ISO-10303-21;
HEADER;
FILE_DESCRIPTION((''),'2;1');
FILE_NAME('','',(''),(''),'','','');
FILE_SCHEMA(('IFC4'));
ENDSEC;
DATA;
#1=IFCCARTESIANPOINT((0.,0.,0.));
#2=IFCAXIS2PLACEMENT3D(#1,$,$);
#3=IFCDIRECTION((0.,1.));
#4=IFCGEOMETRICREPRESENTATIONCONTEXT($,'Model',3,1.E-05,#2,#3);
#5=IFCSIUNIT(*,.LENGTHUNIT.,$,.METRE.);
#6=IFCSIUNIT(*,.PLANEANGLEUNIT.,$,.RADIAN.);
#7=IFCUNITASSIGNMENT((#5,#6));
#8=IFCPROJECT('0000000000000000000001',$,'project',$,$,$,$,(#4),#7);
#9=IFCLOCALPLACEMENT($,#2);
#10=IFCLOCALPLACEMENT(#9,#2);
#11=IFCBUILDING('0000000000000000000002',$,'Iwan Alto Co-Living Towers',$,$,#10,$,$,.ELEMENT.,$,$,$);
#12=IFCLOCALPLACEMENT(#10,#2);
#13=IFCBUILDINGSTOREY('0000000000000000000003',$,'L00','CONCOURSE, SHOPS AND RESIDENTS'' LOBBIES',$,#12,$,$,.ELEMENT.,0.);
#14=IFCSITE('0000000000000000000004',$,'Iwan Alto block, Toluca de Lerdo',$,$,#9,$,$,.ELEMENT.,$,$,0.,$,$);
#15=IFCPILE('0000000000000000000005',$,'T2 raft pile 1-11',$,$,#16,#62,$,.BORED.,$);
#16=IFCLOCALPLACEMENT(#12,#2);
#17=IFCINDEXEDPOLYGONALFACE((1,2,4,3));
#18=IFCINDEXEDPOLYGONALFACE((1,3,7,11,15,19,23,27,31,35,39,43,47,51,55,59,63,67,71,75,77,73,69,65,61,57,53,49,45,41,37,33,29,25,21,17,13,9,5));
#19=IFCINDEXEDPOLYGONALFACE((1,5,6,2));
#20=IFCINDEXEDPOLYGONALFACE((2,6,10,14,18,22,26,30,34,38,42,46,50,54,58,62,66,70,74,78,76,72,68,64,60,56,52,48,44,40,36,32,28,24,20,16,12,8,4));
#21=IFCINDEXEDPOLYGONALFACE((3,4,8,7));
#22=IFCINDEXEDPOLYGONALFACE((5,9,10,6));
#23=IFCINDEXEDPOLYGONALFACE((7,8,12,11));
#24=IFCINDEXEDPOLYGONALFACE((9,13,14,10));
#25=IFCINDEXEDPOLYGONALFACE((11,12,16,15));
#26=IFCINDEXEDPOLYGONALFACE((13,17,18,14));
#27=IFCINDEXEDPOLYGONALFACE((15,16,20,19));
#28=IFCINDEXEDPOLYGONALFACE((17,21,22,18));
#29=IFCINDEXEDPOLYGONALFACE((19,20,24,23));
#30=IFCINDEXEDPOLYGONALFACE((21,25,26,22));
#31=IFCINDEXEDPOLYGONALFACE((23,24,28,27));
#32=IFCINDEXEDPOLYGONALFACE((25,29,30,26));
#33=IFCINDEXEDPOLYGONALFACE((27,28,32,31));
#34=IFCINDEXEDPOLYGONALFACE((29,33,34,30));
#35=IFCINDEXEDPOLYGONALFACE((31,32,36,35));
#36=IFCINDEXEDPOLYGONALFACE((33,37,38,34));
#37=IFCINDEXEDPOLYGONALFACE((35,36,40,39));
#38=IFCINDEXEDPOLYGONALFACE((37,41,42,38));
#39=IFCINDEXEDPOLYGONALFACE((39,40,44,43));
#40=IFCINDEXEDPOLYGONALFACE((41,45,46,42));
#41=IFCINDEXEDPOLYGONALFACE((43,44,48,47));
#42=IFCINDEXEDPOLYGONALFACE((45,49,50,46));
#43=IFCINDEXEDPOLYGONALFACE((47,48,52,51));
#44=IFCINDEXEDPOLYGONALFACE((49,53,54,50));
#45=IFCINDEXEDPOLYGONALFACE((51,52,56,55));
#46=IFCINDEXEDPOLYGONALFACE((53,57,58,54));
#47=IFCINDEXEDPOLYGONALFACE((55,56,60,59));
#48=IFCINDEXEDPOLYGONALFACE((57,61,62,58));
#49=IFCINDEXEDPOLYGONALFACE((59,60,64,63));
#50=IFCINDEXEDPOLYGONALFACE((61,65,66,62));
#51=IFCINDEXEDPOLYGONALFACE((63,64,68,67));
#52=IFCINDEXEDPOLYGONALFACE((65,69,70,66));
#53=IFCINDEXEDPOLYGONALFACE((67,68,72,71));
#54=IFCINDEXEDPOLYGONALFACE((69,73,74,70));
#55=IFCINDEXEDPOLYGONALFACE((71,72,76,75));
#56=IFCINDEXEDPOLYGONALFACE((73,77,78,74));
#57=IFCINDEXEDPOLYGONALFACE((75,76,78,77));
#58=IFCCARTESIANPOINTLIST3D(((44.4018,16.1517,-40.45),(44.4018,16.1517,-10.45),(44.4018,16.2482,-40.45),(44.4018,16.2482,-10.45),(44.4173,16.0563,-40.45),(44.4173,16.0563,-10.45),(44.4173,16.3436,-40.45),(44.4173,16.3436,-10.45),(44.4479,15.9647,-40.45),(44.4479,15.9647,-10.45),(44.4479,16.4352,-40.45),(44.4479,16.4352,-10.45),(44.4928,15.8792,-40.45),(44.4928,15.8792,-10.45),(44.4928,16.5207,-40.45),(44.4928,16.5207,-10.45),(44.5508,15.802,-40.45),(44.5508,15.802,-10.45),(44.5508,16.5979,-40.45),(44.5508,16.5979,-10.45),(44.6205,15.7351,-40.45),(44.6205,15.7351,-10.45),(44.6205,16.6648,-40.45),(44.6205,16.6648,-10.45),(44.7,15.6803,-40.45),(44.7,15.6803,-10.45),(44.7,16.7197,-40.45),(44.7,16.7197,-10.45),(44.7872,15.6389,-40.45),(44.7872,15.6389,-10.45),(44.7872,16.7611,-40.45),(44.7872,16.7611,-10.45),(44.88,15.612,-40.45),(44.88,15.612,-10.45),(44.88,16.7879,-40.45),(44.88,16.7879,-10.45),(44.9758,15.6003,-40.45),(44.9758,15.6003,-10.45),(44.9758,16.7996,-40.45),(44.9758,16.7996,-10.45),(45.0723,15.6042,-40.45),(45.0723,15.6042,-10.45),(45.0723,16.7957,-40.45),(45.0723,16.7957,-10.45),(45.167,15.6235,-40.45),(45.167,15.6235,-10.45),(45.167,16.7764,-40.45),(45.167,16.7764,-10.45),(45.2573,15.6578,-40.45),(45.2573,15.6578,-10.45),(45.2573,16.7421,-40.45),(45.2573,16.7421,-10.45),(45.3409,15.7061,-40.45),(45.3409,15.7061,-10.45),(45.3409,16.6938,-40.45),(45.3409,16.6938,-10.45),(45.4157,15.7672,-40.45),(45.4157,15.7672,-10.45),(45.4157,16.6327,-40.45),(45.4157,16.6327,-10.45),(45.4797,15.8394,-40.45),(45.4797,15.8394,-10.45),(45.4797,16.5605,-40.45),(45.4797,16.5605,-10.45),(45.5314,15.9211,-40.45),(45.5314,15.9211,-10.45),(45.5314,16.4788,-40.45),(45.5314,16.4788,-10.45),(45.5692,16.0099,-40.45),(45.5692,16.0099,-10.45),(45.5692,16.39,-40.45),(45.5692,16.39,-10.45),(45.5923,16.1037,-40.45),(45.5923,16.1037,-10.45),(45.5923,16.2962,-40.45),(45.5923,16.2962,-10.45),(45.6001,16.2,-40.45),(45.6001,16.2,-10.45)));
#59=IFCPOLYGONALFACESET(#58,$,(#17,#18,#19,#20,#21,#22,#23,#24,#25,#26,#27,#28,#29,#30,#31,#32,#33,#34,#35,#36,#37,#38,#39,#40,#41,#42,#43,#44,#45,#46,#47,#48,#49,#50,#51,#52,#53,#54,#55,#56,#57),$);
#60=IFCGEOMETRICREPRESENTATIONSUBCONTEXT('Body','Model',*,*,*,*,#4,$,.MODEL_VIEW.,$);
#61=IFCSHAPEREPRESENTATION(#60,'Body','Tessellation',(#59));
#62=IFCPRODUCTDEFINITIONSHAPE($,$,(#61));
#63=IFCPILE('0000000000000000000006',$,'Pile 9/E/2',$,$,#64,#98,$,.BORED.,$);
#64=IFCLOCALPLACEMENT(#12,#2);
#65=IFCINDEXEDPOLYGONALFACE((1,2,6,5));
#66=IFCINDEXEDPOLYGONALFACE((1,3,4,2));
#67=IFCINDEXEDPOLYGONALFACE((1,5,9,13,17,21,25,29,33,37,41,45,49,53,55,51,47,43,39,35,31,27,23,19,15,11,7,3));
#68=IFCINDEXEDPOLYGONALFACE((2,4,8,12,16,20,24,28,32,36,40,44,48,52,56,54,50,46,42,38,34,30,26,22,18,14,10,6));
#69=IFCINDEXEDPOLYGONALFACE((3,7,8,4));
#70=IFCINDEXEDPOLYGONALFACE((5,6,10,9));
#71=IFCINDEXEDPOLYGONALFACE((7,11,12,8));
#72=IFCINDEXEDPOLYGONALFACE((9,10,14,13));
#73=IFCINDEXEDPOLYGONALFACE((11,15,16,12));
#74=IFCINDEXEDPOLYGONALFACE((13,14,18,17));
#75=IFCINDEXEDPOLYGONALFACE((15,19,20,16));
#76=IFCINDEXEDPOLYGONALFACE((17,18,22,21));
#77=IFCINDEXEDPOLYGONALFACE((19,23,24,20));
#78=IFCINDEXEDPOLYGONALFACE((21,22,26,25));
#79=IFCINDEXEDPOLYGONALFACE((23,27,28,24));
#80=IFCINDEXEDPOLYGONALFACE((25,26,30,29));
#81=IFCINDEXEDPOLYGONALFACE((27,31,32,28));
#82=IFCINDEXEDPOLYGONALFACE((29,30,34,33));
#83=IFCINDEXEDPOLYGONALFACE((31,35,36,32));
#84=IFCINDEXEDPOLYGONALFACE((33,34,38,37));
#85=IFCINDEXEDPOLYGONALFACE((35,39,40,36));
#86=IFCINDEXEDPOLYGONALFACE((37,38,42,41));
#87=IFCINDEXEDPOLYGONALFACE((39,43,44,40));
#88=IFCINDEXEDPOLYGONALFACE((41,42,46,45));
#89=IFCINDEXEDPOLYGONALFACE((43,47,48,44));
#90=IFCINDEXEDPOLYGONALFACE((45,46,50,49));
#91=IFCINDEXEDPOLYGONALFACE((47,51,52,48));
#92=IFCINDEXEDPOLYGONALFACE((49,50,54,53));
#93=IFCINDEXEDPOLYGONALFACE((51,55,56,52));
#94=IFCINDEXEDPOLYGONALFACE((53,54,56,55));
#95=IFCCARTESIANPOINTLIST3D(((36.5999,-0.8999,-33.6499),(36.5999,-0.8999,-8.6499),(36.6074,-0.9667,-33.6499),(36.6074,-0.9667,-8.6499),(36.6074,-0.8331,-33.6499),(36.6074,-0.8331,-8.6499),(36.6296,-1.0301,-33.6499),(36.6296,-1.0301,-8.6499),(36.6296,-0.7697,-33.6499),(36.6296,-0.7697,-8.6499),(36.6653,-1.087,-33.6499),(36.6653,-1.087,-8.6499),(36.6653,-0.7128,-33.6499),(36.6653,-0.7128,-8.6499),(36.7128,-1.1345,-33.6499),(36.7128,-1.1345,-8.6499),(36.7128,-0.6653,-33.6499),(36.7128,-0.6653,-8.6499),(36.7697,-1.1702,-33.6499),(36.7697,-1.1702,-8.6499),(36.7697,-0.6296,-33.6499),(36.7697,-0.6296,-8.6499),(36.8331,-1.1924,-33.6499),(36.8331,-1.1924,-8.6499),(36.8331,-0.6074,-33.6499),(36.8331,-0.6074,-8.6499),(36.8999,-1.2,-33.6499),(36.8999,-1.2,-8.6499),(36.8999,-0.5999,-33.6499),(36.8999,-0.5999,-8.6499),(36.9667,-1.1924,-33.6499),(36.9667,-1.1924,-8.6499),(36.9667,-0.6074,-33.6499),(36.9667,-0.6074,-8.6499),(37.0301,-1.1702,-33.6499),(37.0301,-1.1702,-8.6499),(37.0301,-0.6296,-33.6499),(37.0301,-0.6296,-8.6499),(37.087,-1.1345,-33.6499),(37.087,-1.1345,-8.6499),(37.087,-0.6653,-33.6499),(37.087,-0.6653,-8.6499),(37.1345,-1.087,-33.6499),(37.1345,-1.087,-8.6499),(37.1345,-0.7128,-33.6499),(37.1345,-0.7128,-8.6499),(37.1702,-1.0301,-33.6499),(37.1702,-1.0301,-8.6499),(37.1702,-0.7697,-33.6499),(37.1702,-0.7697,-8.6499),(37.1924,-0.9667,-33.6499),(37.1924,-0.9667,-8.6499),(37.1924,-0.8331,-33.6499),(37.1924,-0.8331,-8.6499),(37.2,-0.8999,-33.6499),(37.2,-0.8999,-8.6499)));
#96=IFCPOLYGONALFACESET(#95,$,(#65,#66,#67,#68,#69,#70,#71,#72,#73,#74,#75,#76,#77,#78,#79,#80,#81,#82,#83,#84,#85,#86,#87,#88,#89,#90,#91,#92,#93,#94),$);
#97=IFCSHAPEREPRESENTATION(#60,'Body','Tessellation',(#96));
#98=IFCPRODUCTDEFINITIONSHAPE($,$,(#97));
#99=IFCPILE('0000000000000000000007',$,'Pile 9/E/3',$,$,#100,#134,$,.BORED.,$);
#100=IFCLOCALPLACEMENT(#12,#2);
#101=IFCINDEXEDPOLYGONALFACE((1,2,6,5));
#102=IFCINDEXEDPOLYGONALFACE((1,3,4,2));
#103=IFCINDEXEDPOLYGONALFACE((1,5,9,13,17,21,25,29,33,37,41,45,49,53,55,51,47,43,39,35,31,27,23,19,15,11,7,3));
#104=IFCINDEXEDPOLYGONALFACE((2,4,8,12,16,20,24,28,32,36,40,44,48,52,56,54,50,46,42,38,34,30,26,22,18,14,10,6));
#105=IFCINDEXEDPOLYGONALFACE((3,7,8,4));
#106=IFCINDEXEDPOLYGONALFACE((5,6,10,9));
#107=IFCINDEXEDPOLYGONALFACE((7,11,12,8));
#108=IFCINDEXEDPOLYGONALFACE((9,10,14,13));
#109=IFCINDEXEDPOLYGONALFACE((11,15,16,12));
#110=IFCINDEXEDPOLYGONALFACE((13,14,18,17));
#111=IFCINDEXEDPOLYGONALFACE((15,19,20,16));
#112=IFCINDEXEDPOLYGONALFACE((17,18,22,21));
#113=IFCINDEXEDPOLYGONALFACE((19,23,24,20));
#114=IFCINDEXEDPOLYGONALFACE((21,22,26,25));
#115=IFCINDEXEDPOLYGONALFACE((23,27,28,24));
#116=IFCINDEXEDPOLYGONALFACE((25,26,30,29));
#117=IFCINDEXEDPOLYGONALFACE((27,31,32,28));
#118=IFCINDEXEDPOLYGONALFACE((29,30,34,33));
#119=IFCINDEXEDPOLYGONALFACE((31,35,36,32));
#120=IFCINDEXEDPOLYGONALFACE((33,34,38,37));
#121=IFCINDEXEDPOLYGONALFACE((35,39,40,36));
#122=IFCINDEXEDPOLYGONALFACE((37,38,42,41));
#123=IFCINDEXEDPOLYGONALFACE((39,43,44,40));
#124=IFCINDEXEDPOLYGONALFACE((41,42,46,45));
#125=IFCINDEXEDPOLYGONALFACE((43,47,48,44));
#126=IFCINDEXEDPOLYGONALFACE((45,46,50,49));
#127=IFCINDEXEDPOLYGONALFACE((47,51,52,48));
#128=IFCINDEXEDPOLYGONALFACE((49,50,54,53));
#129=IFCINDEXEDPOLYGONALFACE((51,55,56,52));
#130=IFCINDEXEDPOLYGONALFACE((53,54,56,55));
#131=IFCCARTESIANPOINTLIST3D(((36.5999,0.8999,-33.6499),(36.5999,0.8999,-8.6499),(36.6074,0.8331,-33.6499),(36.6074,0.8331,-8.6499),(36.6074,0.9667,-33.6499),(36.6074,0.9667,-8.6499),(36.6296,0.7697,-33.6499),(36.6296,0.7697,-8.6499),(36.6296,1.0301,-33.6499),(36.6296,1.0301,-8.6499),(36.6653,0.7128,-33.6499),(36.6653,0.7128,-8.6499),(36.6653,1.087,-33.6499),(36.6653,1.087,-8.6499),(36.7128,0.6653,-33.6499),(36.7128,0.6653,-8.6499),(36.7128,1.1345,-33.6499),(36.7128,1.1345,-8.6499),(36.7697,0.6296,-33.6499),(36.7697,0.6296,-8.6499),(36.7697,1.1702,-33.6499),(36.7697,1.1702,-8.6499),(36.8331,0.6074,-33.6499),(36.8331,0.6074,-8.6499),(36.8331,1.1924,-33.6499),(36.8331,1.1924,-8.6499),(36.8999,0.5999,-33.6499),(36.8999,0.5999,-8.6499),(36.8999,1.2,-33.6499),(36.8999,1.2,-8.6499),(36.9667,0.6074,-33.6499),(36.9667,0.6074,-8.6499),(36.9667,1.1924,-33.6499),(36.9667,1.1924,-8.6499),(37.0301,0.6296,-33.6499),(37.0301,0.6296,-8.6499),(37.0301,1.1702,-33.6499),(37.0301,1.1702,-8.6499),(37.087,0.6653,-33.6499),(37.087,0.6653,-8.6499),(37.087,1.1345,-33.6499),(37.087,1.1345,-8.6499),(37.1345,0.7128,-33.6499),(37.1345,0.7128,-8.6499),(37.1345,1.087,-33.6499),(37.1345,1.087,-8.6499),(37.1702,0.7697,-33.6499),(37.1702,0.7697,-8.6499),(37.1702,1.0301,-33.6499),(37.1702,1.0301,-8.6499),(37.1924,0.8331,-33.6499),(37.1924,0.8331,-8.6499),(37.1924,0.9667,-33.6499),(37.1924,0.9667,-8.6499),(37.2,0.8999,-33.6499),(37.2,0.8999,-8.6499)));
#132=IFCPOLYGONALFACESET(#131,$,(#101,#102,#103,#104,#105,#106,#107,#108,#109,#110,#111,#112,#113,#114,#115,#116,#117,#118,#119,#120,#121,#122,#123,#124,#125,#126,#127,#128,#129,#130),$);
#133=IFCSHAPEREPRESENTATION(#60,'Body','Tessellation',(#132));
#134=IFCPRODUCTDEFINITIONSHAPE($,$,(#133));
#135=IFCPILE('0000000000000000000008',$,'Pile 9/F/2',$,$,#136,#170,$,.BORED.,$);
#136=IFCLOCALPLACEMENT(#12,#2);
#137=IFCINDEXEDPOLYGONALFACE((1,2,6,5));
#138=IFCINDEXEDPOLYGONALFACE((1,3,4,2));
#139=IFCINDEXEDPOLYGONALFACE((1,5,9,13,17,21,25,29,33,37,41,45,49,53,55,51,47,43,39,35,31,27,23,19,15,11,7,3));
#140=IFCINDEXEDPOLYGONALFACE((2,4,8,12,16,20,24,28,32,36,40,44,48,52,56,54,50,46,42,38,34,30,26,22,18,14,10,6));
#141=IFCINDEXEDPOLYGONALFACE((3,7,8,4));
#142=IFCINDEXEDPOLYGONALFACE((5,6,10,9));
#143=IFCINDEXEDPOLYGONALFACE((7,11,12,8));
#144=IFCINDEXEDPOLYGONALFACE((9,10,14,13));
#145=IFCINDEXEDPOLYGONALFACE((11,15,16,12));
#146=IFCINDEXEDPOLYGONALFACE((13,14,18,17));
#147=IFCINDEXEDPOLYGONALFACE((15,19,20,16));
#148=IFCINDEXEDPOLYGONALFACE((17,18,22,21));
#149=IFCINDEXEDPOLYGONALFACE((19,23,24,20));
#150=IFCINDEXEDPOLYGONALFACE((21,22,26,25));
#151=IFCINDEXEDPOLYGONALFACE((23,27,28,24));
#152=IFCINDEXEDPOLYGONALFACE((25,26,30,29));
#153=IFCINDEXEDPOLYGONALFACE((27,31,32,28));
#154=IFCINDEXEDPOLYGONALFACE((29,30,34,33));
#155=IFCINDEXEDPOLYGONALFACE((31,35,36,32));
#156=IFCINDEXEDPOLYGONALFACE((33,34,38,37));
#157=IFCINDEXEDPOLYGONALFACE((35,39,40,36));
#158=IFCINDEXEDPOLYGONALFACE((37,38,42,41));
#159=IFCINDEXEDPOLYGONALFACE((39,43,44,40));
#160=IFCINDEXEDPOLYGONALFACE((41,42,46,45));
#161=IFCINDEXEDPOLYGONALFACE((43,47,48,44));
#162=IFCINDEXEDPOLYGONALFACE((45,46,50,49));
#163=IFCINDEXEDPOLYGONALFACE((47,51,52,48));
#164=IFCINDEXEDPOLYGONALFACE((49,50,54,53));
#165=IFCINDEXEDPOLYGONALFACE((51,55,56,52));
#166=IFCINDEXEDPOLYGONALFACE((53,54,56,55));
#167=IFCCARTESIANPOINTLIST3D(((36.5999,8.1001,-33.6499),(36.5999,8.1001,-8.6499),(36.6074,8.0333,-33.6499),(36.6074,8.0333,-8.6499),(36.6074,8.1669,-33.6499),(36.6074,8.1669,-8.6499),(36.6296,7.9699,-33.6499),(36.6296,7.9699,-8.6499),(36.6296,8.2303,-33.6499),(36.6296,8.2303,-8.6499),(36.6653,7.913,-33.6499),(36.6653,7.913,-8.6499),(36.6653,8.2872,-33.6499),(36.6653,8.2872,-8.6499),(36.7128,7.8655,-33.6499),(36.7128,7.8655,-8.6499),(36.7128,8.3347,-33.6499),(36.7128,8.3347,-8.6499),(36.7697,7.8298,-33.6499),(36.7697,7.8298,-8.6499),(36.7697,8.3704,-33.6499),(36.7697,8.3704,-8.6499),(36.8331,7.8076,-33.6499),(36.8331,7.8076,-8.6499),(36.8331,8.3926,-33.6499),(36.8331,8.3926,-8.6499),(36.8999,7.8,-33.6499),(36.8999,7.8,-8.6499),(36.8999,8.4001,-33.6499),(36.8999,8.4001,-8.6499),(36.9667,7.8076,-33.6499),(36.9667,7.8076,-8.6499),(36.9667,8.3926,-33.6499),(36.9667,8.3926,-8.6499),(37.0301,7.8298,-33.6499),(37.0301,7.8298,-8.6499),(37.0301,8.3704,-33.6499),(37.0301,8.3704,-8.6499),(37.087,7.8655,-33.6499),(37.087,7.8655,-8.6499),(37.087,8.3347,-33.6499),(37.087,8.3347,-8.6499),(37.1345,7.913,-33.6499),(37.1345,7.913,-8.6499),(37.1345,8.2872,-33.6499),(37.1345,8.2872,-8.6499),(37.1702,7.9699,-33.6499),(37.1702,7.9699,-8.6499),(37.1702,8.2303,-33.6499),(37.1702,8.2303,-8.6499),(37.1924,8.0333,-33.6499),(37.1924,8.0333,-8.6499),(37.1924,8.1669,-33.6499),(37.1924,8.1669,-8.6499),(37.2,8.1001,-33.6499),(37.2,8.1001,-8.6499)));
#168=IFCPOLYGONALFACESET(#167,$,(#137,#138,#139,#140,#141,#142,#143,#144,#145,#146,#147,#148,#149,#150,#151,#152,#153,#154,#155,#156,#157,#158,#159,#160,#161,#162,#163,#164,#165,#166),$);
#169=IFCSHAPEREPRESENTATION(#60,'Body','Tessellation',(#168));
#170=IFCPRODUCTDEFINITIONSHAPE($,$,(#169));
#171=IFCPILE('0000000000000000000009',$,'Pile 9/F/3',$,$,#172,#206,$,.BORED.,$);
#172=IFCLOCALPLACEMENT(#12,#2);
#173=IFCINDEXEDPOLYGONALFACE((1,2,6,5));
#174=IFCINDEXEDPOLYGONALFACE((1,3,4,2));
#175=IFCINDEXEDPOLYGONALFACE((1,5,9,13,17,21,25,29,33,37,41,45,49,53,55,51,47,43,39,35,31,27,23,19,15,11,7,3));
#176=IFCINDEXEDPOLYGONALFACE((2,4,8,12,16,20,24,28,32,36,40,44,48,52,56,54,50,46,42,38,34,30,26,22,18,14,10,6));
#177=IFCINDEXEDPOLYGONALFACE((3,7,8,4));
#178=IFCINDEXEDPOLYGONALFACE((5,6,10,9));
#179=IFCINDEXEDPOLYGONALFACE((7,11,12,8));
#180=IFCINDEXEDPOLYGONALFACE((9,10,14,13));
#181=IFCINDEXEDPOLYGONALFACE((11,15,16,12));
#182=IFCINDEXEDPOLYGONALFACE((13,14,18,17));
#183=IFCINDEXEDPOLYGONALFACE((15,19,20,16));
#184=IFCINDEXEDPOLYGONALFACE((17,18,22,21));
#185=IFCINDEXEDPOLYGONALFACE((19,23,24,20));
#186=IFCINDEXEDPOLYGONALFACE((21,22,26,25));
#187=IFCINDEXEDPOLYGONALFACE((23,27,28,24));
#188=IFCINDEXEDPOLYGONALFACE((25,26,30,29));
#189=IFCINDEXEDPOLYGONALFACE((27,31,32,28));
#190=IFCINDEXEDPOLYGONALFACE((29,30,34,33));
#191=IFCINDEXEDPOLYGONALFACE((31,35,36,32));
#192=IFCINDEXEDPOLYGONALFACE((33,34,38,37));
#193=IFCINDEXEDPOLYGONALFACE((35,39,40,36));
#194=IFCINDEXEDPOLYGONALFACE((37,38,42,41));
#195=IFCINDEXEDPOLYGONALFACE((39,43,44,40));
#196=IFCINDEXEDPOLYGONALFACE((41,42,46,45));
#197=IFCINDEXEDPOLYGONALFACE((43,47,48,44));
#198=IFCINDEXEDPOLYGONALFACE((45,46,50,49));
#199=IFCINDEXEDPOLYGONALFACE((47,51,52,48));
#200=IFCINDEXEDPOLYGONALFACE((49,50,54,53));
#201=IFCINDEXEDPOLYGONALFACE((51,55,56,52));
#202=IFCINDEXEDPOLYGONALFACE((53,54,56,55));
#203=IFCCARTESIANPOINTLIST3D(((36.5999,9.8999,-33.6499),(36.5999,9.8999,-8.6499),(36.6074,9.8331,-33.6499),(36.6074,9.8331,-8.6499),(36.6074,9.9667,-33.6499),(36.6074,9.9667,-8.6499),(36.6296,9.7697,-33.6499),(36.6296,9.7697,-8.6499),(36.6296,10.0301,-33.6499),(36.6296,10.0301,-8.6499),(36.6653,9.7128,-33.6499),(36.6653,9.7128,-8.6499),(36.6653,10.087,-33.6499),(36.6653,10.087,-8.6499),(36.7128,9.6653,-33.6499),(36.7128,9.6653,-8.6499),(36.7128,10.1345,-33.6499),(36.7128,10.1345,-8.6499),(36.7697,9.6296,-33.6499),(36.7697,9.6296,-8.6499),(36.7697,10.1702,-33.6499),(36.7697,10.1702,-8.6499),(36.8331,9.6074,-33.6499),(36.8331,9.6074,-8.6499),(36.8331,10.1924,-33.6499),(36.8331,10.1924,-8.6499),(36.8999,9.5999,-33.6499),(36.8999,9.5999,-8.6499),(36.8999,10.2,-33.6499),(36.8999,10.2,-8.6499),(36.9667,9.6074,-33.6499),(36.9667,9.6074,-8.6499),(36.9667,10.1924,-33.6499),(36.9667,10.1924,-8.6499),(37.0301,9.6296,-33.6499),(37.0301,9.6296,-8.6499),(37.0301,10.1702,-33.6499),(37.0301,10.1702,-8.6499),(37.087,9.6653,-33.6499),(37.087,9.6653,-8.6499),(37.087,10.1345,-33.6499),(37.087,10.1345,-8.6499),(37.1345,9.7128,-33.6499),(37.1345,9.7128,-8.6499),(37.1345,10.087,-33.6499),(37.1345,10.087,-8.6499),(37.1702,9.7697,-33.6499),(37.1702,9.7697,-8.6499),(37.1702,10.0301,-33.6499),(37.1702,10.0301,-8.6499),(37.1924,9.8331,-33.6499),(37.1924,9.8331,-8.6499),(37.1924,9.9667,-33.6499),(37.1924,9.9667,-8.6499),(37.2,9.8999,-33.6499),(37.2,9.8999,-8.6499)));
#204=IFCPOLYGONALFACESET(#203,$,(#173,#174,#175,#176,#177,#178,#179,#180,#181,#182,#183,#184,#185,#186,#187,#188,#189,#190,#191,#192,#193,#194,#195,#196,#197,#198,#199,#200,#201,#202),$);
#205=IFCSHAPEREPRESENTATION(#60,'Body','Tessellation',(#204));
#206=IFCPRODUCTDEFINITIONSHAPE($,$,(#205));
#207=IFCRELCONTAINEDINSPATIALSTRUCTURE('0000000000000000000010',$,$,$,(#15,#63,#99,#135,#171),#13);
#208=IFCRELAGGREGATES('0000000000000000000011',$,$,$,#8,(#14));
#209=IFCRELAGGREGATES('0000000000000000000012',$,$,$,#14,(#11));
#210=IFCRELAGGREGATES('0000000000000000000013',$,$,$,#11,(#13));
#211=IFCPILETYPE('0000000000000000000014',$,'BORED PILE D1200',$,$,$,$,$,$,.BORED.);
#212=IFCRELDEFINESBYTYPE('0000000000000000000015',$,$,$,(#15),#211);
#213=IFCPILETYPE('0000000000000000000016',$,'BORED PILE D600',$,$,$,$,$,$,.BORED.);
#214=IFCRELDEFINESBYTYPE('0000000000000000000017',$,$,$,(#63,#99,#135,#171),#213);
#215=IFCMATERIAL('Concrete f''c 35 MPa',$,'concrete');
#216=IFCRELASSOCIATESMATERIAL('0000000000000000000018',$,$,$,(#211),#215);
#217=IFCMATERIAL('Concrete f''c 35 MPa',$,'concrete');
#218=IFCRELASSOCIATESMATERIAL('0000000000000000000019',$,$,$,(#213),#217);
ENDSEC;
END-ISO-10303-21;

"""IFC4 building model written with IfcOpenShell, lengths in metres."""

from ifc_helpers import new_model, si_unit, direction, frame, origin, origin_2d, place, context, subcontext, project, spatial, circle, extrude, material, material_profile, profile_set, type_object, element, save


model = new_model("IFC4")

# Units and contexts
model_context = context("Model", 3, precision=1e-05, world=origin(), true_north=direction((0.0, 1.0)))
body_context = subcontext(model_context, "Body", "Model", "MODEL_VIEW")
ifc_project = project(units=[si_unit("LENGTHUNIT", "METRE"), si_unit("PLANEANGLEUNIT", "RADIAN")], contexts=[model_context])

# Site, building, storey
site_placement = place(None, origin())
site = spatial("IfcSite", under=ifc_project, at=site_placement, Name="Iwan Alto block, Toluca de Lerdo", CompositionType="ELEMENT", RefElevation=0.0)
building_placement = place(site_placement, origin())
building = spatial("IfcBuilding", under=site, at=building_placement, Name="Iwan Alto Co-Living Towers", CompositionType="ELEMENT")
storey_placement = place(building_placement, origin())
storey = spatial("IfcBuildingStorey", under=building, at=storey_placement, Name="L00", Description="CONCOURSE, SHOPS AND RESIDENTS' LOBBIES", CompositionType="ELEMENT", Elevation=0.0)

# Piles
ifc_material_1 = material(Name="Concrete f'c 35 MPa", Category="concrete")
ifc_material_profile_1 = material_profile(ifc_material_1, circle(Radius=0.6001, at=origin_2d()), Name="D1200")
ifc_profile_set_1 = profile_set([ifc_material_profile_1], Name="Concrete f'c 35 MPa")
pile_type_1 = type_object("IfcPileType", Name="BORED PILE D1200", PredefinedType="BORED", material=ifc_profile_set_1)
for number, where, z_axis, x_axis, name in (
    (1, (45.0, 16.2, -10.45), (0.0, 0.0, -1.0), (1.0, 0.0, 0.0), "T2 raft pile 1-11"),
):
    element("IfcPile", number, at=place(storey_placement, frame(where, z_axis=z_axis, x_axis=x_axis)), inside=storey, type_object=pile_type_1, Name=name, PredefinedType="BORED", context=body_context, shape_type="SweptSolid", body=[
        extrude(circle(Radius=0.6001, at=origin_2d()), origin(), (0.0, 0.0, 1.0), 30.0),
    ])
ifc_material_2 = material(Name="Concrete f'c 35 MPa", Category="concrete")
ifc_material_profile_2 = material_profile(ifc_material_2, circle(Radius=0.3, at=origin_2d()), Name="D600")
ifc_profile_set_2 = profile_set([ifc_material_profile_2], Name="Concrete f'c 35 MPa")
pile_type_2 = type_object("IfcPileType", Name="BORED PILE D600", PredefinedType="BORED", material=ifc_profile_set_2)
for number, where, z_axis, x_axis, name in (
    (2, (36.8999, -0.8999, -8.6499), (0.0, 0.0, -1.0), (1.0, 0.0, 0.0), "Pile 9/E/2"),
    (3, (36.8999, 0.8999, -8.6499), (0.0, 0.0, -1.0), (1.0, 0.0, 0.0), "Pile 9/E/3"),
    (4, (36.8999, 8.1001, -8.6499), (0.0, 0.0, -1.0), (1.0, 0.0, 0.0), "Pile 9/F/2"),
    (5, (36.8999, 9.8999, -8.6499), (0.0, 0.0, -1.0), (1.0, 0.0, 0.0), "Pile 9/F/3"),
):
    element("IfcPile", number, at=place(storey_placement, frame(where, z_axis=z_axis, x_axis=x_axis)), inside=storey, type_object=pile_type_2, Name=name, PredefinedType="BORED", context=body_context, shape_type="SweptSolid", body=[
        extrude(circle(Radius=0.3, at=origin_2d()), origin(), (0.0, 0.0, 1.0), 25.0),
    ])

save(model, "model.ifc")
